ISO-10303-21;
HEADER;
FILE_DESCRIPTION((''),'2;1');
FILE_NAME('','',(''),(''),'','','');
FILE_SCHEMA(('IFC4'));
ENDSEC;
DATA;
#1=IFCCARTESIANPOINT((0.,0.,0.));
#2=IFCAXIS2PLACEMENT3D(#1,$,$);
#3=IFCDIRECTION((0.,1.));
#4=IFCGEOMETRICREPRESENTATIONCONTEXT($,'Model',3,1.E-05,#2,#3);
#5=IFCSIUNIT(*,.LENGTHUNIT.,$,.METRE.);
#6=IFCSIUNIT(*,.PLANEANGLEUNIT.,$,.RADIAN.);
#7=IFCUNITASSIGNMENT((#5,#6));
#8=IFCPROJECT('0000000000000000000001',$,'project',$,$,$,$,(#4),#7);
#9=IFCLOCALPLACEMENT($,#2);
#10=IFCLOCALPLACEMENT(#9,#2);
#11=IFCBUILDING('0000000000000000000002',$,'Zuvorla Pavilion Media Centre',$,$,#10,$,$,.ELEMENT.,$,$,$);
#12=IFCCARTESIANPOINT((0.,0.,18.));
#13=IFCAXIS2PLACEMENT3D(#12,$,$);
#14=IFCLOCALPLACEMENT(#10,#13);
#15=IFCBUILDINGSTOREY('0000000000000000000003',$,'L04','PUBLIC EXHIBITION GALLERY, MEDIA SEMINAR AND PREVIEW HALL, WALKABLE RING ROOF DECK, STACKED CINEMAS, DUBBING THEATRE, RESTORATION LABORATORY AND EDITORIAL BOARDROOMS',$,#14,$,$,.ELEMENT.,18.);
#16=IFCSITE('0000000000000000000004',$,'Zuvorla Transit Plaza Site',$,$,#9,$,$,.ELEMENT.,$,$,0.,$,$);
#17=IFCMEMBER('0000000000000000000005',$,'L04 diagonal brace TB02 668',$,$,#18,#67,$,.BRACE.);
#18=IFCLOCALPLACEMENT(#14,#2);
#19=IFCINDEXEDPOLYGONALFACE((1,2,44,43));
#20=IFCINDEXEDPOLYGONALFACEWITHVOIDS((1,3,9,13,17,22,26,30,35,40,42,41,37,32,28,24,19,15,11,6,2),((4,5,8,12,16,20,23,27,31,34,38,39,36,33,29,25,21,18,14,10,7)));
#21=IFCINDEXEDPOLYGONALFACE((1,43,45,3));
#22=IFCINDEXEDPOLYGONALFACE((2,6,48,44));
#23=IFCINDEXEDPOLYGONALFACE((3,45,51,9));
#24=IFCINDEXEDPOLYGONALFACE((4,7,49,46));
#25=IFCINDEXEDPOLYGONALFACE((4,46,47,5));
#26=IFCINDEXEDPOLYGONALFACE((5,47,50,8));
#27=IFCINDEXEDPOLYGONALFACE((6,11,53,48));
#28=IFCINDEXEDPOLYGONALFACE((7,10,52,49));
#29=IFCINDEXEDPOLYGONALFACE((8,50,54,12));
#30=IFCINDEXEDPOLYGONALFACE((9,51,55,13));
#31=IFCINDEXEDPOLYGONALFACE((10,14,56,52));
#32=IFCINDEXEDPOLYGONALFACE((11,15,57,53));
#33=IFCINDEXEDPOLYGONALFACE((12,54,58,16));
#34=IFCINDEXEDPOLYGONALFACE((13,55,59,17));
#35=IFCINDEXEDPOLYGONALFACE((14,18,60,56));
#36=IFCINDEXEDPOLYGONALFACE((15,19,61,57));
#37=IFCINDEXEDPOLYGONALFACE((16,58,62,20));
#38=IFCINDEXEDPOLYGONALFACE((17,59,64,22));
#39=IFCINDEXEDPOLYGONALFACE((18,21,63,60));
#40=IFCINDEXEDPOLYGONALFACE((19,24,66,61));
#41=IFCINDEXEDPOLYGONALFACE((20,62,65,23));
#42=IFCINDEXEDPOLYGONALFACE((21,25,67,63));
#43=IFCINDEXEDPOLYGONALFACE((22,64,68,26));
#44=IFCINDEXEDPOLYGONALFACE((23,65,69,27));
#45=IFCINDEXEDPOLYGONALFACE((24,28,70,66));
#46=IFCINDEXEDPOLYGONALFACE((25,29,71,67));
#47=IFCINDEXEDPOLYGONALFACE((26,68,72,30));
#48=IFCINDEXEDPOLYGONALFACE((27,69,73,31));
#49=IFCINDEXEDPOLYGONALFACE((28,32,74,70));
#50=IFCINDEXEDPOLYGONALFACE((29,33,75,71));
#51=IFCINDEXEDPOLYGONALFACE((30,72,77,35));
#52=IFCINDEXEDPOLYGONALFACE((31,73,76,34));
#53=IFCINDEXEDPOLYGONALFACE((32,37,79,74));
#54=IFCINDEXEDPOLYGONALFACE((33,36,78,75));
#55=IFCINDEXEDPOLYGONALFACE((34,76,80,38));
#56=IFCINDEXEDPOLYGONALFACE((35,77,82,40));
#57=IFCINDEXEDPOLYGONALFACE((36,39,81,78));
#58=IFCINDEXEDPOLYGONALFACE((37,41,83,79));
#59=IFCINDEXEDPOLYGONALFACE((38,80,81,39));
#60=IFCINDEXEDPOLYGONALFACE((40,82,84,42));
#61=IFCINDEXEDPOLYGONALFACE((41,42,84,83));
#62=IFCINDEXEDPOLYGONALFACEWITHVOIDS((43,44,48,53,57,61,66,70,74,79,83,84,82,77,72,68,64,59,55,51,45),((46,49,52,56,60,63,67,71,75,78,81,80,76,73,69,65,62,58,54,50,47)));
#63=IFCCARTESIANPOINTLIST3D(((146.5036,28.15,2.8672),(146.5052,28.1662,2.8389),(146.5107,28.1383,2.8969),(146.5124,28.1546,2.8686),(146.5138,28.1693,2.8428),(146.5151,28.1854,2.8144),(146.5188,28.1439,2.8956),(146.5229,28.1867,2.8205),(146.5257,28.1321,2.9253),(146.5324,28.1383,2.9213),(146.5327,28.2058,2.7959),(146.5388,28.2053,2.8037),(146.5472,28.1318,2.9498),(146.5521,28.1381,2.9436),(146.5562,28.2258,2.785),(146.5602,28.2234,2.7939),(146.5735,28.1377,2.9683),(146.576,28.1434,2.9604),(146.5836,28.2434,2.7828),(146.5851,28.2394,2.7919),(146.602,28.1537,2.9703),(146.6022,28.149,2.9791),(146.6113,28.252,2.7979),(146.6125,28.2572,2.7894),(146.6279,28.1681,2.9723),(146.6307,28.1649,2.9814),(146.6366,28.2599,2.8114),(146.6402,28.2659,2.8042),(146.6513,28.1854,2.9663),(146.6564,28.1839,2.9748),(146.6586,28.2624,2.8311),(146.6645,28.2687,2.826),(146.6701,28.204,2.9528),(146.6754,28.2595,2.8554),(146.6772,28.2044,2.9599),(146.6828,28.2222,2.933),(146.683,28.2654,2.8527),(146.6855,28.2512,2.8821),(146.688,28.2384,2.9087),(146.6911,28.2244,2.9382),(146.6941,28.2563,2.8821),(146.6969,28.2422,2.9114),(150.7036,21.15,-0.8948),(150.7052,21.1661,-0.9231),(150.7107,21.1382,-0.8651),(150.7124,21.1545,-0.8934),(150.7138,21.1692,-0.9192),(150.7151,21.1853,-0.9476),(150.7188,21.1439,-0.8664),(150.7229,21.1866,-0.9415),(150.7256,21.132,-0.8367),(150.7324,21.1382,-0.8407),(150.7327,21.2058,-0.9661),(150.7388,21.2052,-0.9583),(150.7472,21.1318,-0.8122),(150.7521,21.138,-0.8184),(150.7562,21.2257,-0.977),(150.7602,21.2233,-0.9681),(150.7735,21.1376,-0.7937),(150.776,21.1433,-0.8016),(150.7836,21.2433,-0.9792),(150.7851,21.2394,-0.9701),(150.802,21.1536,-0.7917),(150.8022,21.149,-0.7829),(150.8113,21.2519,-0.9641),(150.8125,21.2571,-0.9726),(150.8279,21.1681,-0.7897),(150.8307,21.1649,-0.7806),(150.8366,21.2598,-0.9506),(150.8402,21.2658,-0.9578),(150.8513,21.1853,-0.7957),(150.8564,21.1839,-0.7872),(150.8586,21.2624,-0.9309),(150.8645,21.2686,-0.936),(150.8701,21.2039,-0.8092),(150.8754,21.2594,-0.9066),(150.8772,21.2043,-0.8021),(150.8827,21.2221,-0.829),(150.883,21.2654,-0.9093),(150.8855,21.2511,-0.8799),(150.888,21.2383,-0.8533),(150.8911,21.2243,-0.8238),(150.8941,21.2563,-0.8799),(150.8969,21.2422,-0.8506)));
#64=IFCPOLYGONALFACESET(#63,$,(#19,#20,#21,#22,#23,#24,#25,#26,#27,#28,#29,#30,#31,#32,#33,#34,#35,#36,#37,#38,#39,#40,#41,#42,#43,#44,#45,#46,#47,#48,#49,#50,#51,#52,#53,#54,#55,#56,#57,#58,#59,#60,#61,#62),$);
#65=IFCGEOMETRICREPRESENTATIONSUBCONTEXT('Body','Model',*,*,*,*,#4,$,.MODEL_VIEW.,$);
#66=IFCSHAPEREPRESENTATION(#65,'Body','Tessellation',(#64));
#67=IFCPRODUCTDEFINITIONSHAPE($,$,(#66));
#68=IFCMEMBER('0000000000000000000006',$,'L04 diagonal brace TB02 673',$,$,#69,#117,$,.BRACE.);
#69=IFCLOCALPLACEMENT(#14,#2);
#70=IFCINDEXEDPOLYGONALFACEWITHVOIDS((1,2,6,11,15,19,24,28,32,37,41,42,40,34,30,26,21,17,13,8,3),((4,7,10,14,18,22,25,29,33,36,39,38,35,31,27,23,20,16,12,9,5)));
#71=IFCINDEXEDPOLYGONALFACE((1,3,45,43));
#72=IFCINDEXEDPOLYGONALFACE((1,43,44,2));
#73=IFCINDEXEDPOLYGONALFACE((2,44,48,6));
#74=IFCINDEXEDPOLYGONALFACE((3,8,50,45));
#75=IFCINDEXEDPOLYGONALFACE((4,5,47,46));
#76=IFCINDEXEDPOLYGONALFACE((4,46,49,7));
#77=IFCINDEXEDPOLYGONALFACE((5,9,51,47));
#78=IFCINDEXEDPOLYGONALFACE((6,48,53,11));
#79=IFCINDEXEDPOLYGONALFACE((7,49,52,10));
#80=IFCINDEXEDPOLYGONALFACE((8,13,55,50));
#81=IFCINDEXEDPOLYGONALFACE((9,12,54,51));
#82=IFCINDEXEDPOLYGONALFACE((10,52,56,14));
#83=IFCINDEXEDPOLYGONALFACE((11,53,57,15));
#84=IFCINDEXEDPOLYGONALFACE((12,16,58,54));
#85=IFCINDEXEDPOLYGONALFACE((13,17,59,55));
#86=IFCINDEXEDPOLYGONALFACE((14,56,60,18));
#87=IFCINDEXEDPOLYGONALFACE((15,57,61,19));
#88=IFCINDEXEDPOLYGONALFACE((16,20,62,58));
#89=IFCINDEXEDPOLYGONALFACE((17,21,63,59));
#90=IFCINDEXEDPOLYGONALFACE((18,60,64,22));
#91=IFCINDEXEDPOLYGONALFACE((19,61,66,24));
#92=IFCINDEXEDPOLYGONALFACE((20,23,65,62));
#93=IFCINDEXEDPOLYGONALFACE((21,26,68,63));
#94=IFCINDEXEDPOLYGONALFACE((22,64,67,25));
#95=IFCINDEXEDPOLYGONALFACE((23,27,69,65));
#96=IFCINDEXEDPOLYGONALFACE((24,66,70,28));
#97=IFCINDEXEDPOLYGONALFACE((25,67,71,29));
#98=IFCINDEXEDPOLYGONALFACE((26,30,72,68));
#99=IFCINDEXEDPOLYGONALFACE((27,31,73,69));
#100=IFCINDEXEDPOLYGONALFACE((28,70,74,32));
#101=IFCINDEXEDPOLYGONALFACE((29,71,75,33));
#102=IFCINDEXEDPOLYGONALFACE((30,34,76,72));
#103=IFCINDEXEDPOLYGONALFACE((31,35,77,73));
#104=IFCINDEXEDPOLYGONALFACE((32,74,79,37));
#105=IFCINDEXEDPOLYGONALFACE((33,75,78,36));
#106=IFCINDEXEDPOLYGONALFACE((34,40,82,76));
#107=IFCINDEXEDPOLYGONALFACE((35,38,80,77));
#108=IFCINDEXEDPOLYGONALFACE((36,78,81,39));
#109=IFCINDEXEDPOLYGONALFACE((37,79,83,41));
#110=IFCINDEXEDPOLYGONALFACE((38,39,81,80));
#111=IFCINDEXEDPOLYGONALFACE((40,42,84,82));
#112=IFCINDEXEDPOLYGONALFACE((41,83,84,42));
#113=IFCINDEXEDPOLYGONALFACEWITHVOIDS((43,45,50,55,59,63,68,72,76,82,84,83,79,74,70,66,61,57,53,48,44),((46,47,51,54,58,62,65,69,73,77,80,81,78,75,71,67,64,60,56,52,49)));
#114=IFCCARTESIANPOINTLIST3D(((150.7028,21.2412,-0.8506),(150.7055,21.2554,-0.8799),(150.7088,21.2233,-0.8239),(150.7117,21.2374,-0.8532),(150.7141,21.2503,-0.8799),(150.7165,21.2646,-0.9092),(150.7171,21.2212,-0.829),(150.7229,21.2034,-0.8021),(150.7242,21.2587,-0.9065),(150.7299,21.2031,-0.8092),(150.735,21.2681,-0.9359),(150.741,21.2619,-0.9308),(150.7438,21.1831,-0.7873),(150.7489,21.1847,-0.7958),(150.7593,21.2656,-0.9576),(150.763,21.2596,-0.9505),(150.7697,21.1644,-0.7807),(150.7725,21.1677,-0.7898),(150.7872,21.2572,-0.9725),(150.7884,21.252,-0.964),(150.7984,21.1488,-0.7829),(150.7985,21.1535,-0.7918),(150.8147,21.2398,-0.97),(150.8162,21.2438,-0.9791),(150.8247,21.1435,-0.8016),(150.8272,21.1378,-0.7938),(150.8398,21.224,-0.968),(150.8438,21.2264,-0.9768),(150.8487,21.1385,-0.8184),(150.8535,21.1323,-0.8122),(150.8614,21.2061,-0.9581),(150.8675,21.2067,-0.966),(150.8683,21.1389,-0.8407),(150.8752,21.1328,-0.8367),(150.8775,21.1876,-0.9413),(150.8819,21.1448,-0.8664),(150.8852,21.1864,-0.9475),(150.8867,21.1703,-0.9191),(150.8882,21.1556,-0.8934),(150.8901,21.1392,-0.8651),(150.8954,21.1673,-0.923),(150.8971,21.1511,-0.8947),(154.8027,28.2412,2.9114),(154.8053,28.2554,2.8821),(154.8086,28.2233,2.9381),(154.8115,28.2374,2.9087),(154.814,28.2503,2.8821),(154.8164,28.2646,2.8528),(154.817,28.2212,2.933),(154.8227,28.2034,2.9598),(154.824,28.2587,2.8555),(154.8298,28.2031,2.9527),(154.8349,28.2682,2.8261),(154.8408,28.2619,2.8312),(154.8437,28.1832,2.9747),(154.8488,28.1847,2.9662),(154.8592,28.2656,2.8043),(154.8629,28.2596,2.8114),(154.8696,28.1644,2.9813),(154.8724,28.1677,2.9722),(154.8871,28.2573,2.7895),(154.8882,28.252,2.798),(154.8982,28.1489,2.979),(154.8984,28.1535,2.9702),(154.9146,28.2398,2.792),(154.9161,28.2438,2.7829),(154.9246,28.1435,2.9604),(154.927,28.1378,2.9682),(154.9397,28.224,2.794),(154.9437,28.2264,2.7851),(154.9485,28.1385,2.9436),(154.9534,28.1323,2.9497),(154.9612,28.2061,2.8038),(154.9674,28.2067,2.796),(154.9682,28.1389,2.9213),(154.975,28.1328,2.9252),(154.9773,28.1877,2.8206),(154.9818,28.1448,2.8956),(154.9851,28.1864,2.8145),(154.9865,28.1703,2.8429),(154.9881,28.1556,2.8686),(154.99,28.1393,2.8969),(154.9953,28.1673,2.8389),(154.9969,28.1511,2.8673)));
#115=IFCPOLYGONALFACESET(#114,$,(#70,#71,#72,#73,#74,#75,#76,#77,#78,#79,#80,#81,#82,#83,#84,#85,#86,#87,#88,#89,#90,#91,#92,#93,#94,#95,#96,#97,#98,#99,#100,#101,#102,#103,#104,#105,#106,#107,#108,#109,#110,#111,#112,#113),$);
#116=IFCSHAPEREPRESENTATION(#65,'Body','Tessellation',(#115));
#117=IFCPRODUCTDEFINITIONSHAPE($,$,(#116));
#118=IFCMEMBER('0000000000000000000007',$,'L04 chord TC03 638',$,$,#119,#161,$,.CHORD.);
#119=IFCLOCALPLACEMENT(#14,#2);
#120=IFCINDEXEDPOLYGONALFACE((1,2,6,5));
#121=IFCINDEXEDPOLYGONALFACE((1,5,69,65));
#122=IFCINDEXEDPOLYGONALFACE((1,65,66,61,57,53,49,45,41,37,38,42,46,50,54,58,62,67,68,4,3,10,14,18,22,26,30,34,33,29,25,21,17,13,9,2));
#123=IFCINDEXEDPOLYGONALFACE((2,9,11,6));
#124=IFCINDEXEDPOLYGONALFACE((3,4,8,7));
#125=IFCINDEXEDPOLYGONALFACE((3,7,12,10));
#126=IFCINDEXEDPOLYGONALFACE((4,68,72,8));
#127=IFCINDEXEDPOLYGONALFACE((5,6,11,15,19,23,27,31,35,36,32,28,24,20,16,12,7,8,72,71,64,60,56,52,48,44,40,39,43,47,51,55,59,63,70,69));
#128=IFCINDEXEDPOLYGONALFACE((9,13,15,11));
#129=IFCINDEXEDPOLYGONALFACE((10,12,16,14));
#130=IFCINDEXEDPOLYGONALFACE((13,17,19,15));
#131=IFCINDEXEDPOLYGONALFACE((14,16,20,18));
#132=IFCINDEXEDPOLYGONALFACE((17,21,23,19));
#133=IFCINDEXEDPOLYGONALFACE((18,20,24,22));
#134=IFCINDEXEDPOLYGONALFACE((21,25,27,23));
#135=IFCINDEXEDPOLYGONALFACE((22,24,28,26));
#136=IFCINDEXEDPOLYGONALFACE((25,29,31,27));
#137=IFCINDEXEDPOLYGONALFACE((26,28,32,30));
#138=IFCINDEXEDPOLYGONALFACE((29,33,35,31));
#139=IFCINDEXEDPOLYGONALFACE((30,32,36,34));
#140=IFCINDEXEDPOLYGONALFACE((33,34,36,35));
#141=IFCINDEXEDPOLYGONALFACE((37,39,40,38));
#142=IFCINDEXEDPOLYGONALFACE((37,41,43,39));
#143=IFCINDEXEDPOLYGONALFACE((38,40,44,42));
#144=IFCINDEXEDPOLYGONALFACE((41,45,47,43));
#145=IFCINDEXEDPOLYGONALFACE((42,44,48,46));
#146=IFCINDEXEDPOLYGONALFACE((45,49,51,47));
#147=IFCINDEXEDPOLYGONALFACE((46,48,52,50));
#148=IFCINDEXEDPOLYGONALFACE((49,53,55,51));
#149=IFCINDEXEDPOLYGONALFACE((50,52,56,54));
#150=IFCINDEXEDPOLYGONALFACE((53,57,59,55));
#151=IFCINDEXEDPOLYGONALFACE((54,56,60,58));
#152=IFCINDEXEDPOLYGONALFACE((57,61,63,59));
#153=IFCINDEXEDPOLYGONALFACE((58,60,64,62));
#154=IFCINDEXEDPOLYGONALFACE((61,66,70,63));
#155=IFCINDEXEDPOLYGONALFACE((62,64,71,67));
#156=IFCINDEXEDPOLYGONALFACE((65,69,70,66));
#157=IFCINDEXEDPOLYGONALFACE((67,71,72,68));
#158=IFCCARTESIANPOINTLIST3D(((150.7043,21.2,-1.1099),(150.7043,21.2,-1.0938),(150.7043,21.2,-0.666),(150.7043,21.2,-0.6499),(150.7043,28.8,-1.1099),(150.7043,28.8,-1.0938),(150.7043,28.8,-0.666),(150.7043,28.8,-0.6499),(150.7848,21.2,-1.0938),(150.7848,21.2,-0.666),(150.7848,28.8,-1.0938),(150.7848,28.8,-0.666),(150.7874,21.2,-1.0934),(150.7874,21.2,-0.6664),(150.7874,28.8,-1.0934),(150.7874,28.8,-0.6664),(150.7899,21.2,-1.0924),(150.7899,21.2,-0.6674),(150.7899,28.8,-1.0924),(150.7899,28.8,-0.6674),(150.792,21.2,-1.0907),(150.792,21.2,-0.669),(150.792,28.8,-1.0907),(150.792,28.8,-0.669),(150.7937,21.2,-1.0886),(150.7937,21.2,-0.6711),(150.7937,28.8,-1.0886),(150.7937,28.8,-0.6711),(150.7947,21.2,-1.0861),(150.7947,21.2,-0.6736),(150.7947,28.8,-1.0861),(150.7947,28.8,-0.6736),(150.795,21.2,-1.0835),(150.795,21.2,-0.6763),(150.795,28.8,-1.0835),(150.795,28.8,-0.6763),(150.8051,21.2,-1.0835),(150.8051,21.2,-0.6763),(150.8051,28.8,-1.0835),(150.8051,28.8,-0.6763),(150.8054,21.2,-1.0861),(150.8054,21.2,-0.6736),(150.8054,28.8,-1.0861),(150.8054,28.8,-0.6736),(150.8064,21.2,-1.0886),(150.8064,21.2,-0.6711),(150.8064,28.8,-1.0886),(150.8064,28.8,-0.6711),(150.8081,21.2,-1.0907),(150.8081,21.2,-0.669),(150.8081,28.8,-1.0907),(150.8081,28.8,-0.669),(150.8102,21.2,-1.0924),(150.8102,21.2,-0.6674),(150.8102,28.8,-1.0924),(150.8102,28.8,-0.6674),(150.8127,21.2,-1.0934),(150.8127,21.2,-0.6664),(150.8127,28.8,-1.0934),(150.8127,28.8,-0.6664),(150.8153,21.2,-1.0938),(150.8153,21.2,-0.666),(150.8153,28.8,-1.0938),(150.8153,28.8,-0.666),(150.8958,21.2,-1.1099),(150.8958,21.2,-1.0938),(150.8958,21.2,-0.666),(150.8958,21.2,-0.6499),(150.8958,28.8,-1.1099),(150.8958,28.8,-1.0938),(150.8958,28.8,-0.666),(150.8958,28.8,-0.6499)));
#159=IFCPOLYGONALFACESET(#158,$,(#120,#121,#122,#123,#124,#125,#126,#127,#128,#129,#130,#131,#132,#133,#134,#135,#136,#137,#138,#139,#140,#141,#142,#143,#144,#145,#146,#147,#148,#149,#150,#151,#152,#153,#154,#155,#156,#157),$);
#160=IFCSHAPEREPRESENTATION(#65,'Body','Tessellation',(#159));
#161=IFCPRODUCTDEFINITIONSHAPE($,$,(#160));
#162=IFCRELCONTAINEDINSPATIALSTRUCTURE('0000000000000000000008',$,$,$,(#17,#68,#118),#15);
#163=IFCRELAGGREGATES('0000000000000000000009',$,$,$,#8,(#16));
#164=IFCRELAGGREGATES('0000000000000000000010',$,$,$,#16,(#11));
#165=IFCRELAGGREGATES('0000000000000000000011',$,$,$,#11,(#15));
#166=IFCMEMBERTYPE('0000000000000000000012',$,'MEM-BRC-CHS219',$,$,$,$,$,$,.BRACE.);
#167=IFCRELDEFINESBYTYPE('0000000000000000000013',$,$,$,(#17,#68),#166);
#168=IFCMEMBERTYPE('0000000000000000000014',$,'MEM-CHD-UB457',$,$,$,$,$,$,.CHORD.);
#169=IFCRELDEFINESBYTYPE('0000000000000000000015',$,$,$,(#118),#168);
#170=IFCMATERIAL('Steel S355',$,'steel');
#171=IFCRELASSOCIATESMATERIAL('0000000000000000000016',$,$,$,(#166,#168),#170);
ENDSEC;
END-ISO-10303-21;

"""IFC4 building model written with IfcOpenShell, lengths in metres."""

from ifc_helpers import new_model, si_unit, direction, frame, origin, origin_2d, place, context, subcontext, project, spatial, hollow_circle, i_section, extrude, material, material_profile, profile_set, type_object, element, save


model = new_model("IFC4")

# Units and contexts
model_context = context("Model", 3, precision=1e-05, world=origin(), true_north=direction((0.0, 1.0)))
body_context = subcontext(model_context, "Body", "Model", "MODEL_VIEW")
ifc_project = project(units=[si_unit("LENGTHUNIT", "METRE"), si_unit("PLANEANGLEUNIT", "RADIAN")], contexts=[model_context])

# Site, building, storey
site_placement = place(None, origin())
site = spatial("IfcSite", under=ifc_project, at=site_placement, Name="Zuvorla Transit Plaza Site", CompositionType="ELEMENT", RefElevation=0.0)
building_placement = place(site_placement, origin())
building = spatial("IfcBuilding", under=site, at=building_placement, Name="Zuvorla Pavilion Media Centre", CompositionType="ELEMENT")
storey_placement = place(building_placement, frame((0.0, 0.0, 18.0)))
storey = spatial("IfcBuildingStorey", under=building, at=storey_placement, Name="L04", Description="PUBLIC EXHIBITION GALLERY, MEDIA SEMINAR AND PREVIEW HALL, WALKABLE RING ROOF DECK, STACKED CINEMAS, DUBBING THEATRE, RESTORATION LABORATORY AND EDITORIAL BOARDROOMS", CompositionType="ELEMENT", Elevation=18.0)

# Shared definitions
ifc_material_1 = material(Name="Steel S355", Category="steel")

# Members
ifc_material_profile_1 = material_profile(ifc_material_1, hollow_circle(Radius=0.1096, WallThickness=0.01, at=origin_2d()), Name="CHS 219.1x10")
ifc_profile_set_1 = profile_set([ifc_material_profile_1], Name="Steel S355")
member_type_1 = type_object("IfcMemberType", Name="MEM-BRC-CHS219", PredefinedType="BRACE", material=ifc_profile_set_1)
member_1_placement = place(storey_placement, frame((146.6001, 28.2, 2.8821), z_axis=(0.467262, -0.778779, -0.418534), x_axis=(0.857496, 0.514491, 0.0)))
element("IfcMember", 1, at=member_1_placement, inside=storey, type_object=member_type_1, Name="L04 diagonal brace TB02 668", PredefinedType="BRACE", context=body_context, shape_type="SweptSolid", body=[
    extrude(hollow_circle(Radius=0.1096, WallThickness=0.01, at=origin_2d()), origin(), (0.0, 0.0, 1.0), 8.9885),
])
member_2_placement = place(storey_placement, frame((150.8, 21.2, -0.8799), z_axis=(0.458489, 0.782814, 0.420702), x_axis=(-0.862891, 0.50539, 0.0)))
element("IfcMember", 2, at=member_2_placement, inside=storey, type_object=member_type_1, Name="L04 diagonal brace TB02 673", PredefinedType="BRACE", context=body_context, shape_type="SweptSolid", body=[
    extrude(hollow_circle(Radius=0.1096, WallThickness=0.01, at=origin_2d()), origin(), (0.0, 0.0, 1.0), 8.9421),
])
ifc_material_profile_2 = material_profile(ifc_material_1, i_section(OverallWidth=0.1914, OverallDepth=0.46, WebThickness=0.01, FlangeThickness=0.0161, FilletRadius=0.0103, at=origin_2d()), Name="UB 457x191x82")
ifc_profile_set_2 = profile_set([ifc_material_profile_2], Name="Steel S355")
member_type_2 = type_object("IfcMemberType", Name="MEM-CHD-UB457", PredefinedType="CHORD", material=ifc_profile_set_2)
member_3_placement = place(storey_placement, frame((150.8, 21.2, -0.8799), z_axis=(0.0, 1.0, 0.0), x_axis=(-1.0, 0.0, 0.0)))
element("IfcMember", 3, at=member_3_placement, inside=storey, type_object=member_type_2, Name="L04 chord TC03 638", PredefinedType="CHORD", context=body_context, shape_type="SweptSolid", body=[
    extrude(i_section(OverallWidth=0.1914, OverallDepth=0.46, WebThickness=0.01, FlangeThickness=0.0161, FilletRadius=0.0103, at=origin_2d()), origin(), (0.0, 0.0, 1.0), 7.6001),
])

save(model, "model.ifc")
